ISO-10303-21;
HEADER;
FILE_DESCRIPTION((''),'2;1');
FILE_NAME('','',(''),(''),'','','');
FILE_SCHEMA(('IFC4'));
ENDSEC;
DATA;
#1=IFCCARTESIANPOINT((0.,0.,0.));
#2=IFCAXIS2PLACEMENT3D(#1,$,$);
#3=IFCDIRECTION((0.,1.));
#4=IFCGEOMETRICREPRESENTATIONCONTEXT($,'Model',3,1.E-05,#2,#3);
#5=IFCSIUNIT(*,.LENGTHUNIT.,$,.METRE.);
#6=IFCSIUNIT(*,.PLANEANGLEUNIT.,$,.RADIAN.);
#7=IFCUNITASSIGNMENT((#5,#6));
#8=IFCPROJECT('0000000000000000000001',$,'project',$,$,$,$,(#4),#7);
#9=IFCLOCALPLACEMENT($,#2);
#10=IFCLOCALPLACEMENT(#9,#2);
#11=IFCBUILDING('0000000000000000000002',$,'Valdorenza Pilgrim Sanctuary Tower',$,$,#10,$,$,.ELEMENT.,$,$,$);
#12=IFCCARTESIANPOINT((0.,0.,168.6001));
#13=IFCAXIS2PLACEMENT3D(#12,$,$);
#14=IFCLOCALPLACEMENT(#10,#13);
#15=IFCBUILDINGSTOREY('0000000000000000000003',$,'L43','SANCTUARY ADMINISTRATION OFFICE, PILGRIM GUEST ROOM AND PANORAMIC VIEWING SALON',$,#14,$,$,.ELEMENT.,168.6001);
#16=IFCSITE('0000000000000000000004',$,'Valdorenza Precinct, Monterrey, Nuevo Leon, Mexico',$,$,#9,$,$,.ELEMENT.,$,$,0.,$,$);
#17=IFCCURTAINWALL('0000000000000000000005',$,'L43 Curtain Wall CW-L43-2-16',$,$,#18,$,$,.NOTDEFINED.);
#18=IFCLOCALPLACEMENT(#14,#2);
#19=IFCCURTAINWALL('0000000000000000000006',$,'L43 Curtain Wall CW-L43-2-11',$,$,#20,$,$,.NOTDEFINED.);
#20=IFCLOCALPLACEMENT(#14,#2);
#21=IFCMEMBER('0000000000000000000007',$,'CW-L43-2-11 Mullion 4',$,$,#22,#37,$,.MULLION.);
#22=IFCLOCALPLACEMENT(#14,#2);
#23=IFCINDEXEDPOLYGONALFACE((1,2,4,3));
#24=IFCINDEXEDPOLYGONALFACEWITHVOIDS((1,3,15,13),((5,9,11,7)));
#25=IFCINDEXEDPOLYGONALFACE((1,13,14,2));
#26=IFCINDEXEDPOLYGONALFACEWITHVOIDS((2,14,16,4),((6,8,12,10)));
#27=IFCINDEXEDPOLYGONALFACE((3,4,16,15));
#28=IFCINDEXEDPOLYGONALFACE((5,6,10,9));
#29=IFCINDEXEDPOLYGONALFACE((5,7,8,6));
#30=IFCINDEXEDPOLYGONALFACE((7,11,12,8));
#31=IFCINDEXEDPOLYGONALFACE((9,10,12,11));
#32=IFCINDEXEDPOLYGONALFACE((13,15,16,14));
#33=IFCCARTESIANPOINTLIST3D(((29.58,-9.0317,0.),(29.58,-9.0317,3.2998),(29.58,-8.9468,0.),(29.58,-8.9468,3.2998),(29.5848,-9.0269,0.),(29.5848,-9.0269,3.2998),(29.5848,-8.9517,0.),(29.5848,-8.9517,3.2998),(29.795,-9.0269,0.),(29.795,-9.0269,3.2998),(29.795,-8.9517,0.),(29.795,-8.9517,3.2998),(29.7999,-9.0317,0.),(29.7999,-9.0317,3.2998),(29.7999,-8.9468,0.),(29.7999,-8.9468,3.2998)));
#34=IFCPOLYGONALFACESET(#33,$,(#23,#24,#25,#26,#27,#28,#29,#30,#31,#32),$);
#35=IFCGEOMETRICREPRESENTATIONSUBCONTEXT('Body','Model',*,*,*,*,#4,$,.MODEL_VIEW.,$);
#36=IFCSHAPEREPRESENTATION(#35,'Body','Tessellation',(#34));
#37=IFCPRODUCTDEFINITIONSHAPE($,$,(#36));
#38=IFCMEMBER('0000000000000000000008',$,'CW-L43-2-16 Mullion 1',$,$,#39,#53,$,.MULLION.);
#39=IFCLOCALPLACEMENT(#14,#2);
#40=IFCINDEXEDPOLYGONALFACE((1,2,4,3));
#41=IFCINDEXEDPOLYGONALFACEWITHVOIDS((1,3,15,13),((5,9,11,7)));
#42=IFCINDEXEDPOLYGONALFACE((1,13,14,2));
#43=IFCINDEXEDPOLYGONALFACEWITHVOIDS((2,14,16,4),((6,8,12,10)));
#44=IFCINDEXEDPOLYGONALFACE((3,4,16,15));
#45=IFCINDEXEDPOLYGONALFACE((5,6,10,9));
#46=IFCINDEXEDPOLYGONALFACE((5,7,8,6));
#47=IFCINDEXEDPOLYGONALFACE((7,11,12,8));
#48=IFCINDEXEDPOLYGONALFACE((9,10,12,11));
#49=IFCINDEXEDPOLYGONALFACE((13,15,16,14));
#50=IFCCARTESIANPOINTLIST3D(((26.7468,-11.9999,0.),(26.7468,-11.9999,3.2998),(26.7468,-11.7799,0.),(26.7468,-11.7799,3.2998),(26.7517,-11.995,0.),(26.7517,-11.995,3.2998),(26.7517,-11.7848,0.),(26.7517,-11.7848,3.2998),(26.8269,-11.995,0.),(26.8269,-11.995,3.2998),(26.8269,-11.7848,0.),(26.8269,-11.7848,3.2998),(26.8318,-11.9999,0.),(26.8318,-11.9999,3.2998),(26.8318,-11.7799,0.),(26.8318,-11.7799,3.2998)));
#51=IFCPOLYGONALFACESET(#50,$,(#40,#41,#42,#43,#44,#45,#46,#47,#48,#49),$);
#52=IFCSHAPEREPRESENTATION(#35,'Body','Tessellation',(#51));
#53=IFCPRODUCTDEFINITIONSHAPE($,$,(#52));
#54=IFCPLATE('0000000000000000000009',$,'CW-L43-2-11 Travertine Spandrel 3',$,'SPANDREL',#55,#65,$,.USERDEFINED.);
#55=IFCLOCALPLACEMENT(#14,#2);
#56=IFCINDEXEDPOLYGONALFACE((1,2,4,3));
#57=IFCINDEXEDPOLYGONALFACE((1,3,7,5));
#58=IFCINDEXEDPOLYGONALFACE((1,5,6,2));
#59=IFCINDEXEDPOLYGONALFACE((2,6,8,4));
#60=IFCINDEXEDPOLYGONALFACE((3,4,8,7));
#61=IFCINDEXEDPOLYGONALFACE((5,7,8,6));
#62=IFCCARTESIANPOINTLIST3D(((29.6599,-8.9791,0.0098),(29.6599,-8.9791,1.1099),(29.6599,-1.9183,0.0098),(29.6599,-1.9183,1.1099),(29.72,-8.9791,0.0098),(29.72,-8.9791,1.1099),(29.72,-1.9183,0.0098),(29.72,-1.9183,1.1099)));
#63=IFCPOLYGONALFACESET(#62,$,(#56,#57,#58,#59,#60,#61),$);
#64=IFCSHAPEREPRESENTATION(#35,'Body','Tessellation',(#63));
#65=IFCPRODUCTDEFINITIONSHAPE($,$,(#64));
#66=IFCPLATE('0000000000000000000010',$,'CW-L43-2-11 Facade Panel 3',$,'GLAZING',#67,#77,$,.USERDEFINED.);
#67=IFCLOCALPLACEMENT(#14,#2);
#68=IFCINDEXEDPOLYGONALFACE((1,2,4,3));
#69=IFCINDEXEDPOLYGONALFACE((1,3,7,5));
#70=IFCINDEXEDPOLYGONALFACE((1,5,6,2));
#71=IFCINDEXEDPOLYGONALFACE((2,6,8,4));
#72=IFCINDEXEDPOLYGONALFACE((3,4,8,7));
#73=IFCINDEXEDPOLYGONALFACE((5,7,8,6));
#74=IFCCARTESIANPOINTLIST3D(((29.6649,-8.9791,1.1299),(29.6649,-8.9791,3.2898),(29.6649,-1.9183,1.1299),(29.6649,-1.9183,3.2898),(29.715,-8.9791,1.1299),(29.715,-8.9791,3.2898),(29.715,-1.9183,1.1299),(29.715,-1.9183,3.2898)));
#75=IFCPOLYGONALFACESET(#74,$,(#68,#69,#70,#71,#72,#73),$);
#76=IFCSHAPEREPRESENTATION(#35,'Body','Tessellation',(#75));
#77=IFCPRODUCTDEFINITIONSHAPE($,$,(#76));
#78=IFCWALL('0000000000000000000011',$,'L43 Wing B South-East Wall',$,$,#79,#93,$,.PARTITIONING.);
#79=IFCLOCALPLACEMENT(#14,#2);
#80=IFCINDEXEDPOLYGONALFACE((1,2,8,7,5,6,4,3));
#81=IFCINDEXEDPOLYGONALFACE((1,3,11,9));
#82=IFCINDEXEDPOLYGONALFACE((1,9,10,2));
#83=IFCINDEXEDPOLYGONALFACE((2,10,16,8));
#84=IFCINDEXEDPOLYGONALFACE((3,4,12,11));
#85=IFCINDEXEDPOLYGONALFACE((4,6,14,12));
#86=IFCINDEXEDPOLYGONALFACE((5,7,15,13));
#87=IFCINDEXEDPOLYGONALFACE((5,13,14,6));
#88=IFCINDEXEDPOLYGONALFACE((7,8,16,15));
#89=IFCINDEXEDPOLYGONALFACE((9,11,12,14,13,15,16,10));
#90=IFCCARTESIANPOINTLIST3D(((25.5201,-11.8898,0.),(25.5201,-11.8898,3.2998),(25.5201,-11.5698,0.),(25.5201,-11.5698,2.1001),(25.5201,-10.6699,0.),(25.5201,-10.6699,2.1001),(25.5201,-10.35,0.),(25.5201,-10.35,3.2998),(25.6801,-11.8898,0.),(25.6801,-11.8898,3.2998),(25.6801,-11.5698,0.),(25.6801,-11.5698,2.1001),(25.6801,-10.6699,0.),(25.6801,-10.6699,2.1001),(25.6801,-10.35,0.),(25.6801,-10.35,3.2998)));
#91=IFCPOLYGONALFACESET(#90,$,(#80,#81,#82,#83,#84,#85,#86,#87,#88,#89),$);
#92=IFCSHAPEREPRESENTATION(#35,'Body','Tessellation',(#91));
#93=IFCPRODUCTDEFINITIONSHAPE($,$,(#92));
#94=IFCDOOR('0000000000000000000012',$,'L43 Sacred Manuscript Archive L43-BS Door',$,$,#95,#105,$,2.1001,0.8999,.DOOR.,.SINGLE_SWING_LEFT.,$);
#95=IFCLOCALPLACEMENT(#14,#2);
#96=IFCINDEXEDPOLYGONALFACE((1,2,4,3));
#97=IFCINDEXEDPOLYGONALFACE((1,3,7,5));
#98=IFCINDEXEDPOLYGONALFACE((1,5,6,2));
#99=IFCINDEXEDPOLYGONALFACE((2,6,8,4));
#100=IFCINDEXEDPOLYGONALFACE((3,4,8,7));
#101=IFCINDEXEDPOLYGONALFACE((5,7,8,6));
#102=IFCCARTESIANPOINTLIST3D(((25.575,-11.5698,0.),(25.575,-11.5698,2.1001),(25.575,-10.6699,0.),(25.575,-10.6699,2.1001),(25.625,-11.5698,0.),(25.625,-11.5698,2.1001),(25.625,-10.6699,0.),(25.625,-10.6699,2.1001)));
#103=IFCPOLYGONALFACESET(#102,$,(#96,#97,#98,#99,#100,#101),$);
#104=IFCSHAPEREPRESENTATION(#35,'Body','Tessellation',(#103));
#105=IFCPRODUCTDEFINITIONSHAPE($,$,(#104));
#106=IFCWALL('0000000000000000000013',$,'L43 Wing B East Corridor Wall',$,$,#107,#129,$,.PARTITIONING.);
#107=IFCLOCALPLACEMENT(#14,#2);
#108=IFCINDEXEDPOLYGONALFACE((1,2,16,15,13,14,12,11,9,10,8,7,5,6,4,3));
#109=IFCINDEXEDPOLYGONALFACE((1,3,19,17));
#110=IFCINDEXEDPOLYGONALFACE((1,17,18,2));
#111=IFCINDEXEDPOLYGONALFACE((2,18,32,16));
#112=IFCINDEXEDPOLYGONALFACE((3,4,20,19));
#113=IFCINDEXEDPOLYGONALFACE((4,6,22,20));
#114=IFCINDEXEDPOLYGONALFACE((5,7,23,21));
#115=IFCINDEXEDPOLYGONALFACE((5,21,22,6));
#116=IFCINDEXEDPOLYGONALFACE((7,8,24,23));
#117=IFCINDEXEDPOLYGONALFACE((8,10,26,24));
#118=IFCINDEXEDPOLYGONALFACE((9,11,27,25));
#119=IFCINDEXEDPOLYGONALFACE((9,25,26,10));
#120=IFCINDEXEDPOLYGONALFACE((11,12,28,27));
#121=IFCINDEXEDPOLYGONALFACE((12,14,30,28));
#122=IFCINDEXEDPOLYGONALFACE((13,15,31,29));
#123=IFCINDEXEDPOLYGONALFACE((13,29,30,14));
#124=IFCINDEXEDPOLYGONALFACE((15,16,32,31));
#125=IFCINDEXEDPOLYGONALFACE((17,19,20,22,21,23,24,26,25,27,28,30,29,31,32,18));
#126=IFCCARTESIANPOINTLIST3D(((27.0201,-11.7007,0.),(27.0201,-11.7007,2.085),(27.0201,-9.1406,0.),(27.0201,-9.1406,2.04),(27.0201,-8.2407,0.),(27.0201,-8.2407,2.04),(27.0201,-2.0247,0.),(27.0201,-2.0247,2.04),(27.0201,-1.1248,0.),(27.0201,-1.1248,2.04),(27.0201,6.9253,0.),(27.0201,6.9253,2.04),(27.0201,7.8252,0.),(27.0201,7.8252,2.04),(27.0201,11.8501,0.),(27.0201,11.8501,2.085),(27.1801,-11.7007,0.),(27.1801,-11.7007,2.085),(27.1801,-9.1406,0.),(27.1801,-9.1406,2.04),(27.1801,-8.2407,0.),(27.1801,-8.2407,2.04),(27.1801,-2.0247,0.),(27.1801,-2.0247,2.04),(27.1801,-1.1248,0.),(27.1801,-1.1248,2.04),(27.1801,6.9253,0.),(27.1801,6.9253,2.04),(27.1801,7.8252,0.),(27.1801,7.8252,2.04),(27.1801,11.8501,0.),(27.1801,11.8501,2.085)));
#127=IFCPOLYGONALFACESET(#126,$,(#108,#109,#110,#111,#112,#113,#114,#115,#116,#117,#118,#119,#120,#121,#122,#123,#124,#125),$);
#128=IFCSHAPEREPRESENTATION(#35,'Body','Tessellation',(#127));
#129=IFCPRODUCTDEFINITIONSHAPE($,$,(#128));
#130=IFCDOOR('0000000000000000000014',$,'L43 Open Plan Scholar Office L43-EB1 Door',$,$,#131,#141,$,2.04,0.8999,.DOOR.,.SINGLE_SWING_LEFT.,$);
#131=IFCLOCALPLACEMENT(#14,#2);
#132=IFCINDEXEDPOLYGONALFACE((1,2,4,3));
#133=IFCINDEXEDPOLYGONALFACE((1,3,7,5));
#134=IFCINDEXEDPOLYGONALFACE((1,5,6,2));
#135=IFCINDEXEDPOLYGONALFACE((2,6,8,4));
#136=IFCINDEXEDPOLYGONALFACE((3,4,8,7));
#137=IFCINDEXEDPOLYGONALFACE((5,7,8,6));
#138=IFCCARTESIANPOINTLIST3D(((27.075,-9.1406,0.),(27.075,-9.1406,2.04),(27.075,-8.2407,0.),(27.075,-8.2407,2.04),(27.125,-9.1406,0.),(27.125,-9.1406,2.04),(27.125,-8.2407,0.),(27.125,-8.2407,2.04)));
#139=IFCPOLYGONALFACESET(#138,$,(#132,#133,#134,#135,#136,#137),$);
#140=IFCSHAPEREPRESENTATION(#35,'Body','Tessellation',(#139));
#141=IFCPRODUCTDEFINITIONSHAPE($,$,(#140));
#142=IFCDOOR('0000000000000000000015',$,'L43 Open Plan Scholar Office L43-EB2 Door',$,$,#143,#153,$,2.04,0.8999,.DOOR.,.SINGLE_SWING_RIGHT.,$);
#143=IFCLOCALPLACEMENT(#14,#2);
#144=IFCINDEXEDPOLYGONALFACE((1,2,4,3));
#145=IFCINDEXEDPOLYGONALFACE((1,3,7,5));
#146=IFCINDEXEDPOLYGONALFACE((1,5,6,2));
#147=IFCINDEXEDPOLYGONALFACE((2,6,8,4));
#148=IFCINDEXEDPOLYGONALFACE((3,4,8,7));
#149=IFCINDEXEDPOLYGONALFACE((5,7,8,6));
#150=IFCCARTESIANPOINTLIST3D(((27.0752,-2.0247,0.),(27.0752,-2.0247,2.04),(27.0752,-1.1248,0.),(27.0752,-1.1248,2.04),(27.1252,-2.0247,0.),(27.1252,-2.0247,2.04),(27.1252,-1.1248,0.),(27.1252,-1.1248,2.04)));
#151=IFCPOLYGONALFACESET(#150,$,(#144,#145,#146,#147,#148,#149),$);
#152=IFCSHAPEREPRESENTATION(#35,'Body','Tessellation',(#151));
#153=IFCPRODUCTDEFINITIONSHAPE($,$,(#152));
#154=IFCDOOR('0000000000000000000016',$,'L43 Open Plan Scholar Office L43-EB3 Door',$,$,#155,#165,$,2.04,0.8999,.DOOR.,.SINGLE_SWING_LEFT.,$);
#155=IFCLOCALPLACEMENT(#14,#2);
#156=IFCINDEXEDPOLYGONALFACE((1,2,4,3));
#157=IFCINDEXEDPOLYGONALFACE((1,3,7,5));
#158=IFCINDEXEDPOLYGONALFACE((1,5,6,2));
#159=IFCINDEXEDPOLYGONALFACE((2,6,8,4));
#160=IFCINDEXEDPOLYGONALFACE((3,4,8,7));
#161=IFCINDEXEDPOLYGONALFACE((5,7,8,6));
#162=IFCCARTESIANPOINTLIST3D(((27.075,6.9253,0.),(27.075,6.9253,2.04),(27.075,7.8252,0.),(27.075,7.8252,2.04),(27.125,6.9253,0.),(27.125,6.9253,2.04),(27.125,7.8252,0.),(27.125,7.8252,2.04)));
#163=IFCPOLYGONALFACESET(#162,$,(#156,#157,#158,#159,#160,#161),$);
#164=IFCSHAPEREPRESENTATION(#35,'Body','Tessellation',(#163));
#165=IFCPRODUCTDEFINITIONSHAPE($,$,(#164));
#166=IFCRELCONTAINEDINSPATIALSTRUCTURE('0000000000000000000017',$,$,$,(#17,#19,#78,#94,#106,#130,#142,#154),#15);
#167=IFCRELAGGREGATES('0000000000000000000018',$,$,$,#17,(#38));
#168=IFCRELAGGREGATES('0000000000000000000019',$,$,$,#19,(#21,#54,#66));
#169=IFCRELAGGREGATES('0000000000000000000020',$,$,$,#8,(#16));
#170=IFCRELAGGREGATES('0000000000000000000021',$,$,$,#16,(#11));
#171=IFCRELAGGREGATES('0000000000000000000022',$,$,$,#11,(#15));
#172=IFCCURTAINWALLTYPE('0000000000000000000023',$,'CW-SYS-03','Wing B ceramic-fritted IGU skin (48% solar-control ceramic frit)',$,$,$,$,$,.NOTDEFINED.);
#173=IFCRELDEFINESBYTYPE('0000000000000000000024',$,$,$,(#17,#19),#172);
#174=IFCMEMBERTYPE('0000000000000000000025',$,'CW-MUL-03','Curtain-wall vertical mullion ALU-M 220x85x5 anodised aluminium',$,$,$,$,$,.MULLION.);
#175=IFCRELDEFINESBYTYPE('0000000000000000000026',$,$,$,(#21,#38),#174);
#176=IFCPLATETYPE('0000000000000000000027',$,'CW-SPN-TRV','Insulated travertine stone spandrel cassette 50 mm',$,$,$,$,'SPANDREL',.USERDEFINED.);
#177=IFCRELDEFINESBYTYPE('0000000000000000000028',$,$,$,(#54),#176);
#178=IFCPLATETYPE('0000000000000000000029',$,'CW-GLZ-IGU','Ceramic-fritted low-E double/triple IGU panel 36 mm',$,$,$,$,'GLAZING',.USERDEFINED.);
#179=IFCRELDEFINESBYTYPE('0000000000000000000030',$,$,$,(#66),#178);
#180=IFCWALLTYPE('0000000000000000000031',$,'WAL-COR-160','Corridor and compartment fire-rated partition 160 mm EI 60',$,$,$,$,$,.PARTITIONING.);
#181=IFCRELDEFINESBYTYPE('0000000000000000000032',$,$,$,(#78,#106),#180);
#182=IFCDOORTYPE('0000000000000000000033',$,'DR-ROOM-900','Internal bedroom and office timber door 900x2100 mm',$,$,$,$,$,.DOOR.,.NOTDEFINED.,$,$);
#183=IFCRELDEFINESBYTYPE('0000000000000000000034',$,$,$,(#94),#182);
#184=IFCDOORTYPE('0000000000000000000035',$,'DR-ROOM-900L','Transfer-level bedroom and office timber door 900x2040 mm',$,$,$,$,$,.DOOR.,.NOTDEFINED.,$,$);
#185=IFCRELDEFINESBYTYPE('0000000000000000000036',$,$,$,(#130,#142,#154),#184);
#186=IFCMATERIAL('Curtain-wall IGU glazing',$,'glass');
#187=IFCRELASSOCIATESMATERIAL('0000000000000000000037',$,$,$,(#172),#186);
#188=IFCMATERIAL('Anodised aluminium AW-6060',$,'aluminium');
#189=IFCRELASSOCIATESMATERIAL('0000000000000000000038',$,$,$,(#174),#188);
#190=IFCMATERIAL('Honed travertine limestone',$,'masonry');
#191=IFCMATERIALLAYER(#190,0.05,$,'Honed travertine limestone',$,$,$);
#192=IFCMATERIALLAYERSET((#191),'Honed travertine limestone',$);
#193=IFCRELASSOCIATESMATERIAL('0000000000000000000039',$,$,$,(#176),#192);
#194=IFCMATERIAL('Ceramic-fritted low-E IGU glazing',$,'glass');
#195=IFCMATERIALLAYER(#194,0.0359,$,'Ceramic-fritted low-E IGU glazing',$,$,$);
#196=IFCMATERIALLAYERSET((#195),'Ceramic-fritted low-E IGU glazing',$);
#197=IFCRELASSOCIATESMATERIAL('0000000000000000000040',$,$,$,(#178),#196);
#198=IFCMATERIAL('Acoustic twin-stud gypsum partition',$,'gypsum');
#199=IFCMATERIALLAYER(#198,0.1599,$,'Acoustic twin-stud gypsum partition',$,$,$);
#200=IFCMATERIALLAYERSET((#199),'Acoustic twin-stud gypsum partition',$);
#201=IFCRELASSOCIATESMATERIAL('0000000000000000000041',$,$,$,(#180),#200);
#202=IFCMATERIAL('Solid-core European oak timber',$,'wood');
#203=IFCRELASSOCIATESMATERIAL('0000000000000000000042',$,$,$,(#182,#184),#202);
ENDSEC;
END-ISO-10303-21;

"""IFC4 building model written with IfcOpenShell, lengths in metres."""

from ifc_helpers import new_model, si_unit, direction, frame, frame_2d, origin, origin_2d, place, context, subcontext, project, spatial, rectangle, hollow_rectangle, extrude, source, transform, mapped, material, layer, layer_set, material_profile, profile_set, type_object, element, fill, aggregate, save


model = new_model("IFC4")

# Units and contexts
model_context = context("Model", 3, precision=1e-05, world=origin(), true_north=direction((0.0, 1.0)))
body_context = subcontext(model_context, "Body", "Model", "MODEL_VIEW")
ifc_project = project(units=[si_unit("LENGTHUNIT", "METRE"), si_unit("PLANEANGLEUNIT", "RADIAN")], contexts=[model_context])

# Site, building, storey
site_placement = place(None, origin())
site = spatial("IfcSite", under=ifc_project, at=site_placement, Name="Valdorenza Precinct, Monterrey, Nuevo Leon, Mexico", CompositionType="ELEMENT", RefElevation=0.0)
building_placement = place(site_placement, origin())
building = spatial("IfcBuilding", under=site, at=building_placement, Name="Valdorenza Pilgrim Sanctuary Tower", CompositionType="ELEMENT")
storey_placement = place(building_placement, frame((0.0, 0.0, 168.6001)))
storey = spatial("IfcBuildingStorey", under=building, at=storey_placement, Name="L43", Description="SANCTUARY ADMINISTRATION OFFICE, PILGRIM GUEST ROOM AND PANORAMIC VIEWING SALON", CompositionType="ELEMENT", Elevation=168.6001)

# Curtain wall
ifc_material_1 = material(Name="Curtain-wall IGU glazing", Category="glass")
curtain_wall_type = type_object("IfcCurtainWallType", Name="CW-SYS-03", Description="Wing B ceramic-fritted IGU skin (48% solar-control ceramic frit)", PredefinedType="NOTDEFINED", material=ifc_material_1)
curtain_wall_1_placement = place(storey_placement, origin())
curtain_wall_1 = element("IfcCurtainWall", 1, at=curtain_wall_1_placement, inside=storey, type_object=curtain_wall_type, Name="L43 Curtain Wall CW-L43-2-16", PredefinedType="NOTDEFINED")
ifc_material_2 = material(Name="Anodised aluminium AW-6060", Category="aluminium")

# Curtain wall, member
curtain_wall_2_placement = place(storey_placement, origin())
curtain_wall_2 = element("IfcCurtainWall", 2, at=curtain_wall_2_placement, inside=storey, type_object=curtain_wall_type, Name="L43 Curtain Wall CW-L43-2-11", PredefinedType="NOTDEFINED")
ifc_material_profile_1 = material_profile(ifc_material_2, hollow_rectangle(XDim=0.085, YDim=0.22, WallThickness=0.0049, at=origin_2d()), Name="ALU-M 220x85x5")
ifc_profile_set_1 = profile_set([ifc_material_profile_1], Name="Anodised aluminium AW-6060")
member_type_1 = type_object("IfcMemberType", Name="CW-MUL-03", Description="Curtain-wall vertical mullion ALU-M 220x85x5 anodised aluminium", PredefinedType="MULLION", material=ifc_profile_set_1)
shared_shape_1 = source(origin(), body_context, "Body", "SweptSolid", [
    extrude(hollow_rectangle(XDim=0.085, YDim=0.22, WallThickness=0.0049, at=origin_2d()), origin(), (0.0, 0.0, 1.0), 3.2998),
])
member_1_placement = place(storey_placement, frame((29.6899, -8.9893, 0.0), z_axis=(0.0, 0.0, 1.0), x_axis=(0.0, -1.0, 0.0)))
member_1 = element("IfcMember", 3, at=member_1_placement, type_object=member_type_1, Name="CW-L43-2-11 Mullion 4", PredefinedType="MULLION", context=body_context, shape_type="MappedRepresentation", body=[
    mapped(shared_shape_1, transform((0.0, 0.0, 0.0), x_axis=(1.0, 0.0, 0.0), y_axis=(0.0, 1.0, 0.0), z_axis=(0.0, 0.0, 1.0), scale=1.0)),
])

# Member
member_2_placement = place(storey_placement, frame((26.7893, -11.8899, 0.0), z_axis=(0.0, 0.0, 1.0), x_axis=(-1.0, 0.0, 0.0)))
member_2 = element("IfcMember", 4, at=member_2_placement, type_object=member_type_1, Name="CW-L43-2-16 Mullion 1", PredefinedType="MULLION", context=body_context, shape_type="MappedRepresentation", body=[
    mapped(shared_shape_1, transform((0.0, 0.0, 0.0), x_axis=(1.0, 0.0, 0.0), y_axis=(0.0, 1.0, 0.0), z_axis=(0.0, 0.0, 1.0), scale=1.0)),
])
aggregate(curtain_wall_1, [member_2])

# Plates
ifc_material_3 = material(Name="Honed travertine limestone", Category="masonry")
ifc_layer_1 = layer(ifc_material_3, 0.05, Name="Honed travertine limestone")
ifc_layer_set_1 = layer_set([ifc_layer_1], Name="Honed travertine limestone")
plate_type_1 = type_object("IfcPlateType", Name="CW-SPN-TRV", Description="Insulated travertine stone spandrel cassette 50 mm", ElementType="SPANDREL", PredefinedType="USERDEFINED", material=ifc_layer_set_1)
shared_shape_2 = source(origin(), body_context, "Body", "SweptSolid", [
    extrude(rectangle(XDim=7.0608, YDim=0.0601, at=origin_2d()), origin(), (0.0, 0.0, 1.0), 1.1001),
])
plate_1_placement = place(storey_placement, frame((29.6899, -5.4487, 0.0098), z_axis=(0.0, 0.0, 1.0), x_axis=(0.0, -1.0, 0.0)))
plate_1 = element("IfcPlate", 5, at=plate_1_placement, type_object=plate_type_1, Name="CW-L43-2-11 Travertine Spandrel 3", ObjectType="SPANDREL", PredefinedType="USERDEFINED", context=body_context, shape_type="MappedRepresentation", body=[
    mapped(shared_shape_2, transform((0.0, 0.0, 0.0), x_axis=(1.0, 0.0, 0.0), y_axis=(0.0, 1.0, 0.0), z_axis=(0.0, 0.0, 1.0), scale=1.0)),
])
ifc_material_4 = material(Name="Ceramic-fritted low-E IGU glazing", Category="glass")
ifc_layer_2 = layer(ifc_material_4, 0.0359, Name="Ceramic-fritted low-E IGU glazing")
ifc_layer_set_2 = layer_set([ifc_layer_2], Name="Ceramic-fritted low-E IGU glazing")
plate_type_2 = type_object("IfcPlateType", Name="CW-GLZ-IGU", Description="Ceramic-fritted low-E double/triple IGU panel 36 mm", ElementType="GLAZING", PredefinedType="USERDEFINED", material=ifc_layer_set_2)
shared_shape_3 = source(origin(), body_context, "Body", "SweptSolid", [
    extrude(rectangle(XDim=7.0608, YDim=0.05, at=origin_2d()), origin(), (0.0, 0.0, 1.0), 2.1599),
])
plate_2_placement = place(storey_placement, frame((29.6899, -5.4487, 1.1299), z_axis=(0.0, 0.0, 1.0), x_axis=(0.0, -1.0, 0.0)))
plate_2 = element("IfcPlate", 6, at=plate_2_placement, type_object=plate_type_2, Name="CW-L43-2-11 Facade Panel 3", ObjectType="GLAZING", PredefinedType="USERDEFINED", context=body_context, shape_type="MappedRepresentation", body=[
    mapped(shared_shape_3, transform((0.0, 0.0, 0.0), x_axis=(1.0, 0.0, 0.0), y_axis=(0.0, 1.0, 0.0), z_axis=(0.0, 0.0, 1.0), scale=1.0)),
])
aggregate(curtain_wall_2, [member_1, plate_1, plate_2])

# Wall, opening, door
ifc_material_5 = material(Name="Acoustic twin-stud gypsum partition", Category="gypsum")
ifc_layer_3 = layer(ifc_material_5, 0.1599, Name="Acoustic twin-stud gypsum partition")
ifc_layer_set_3 = layer_set([ifc_layer_3], Name="Acoustic twin-stud gypsum partition")
wall_type_1 = type_object("IfcWallType", Name="WAL-COR-160", Description="Corridor and compartment fire-rated partition 160 mm EI 60", PredefinedType="PARTITIONING", material=ifc_layer_set_3)
wall_1_placement = place(storey_placement, frame((25.6001, -11.8899, 0.0), z_axis=(0.0, 0.0, 1.0), x_axis=(0.0, 1.0, 0.0)))
wall_1 = element("IfcWall", 7, at=wall_1_placement, inside=storey, type_object=wall_type_1, Name="L43 Wing B South-East Wall", PredefinedType="PARTITIONING", context=body_context, shape_type="SweptSolid", body=[
    extrude(rectangle(XDim=1.5398, YDim=0.1599, at=frame_2d((0.77, 0.0))), origin(), (0.0, 0.0, 1.0), 3.2998),
])
opening_1_placement = place(wall_1_placement, frame((0.3201, 0.0, 0.0)))
opening_1 = element("IfcOpeningElement", 8, at=opening_1_placement, cuts=wall_1, PredefinedType="OPENING", context=body_context, shape_type="SweptSolid", body=[
    extrude(rectangle(XDim=0.8999, YDim=2.1001, at=frame_2d((0.45, 1.05))), frame((0.0, 0.0947, 0.0), z_axis=(0.0, -1.0, 0.0), x_axis=(1.0, 0.0, 0.0)), (0.0, 0.0, 1.0), 0.1897),
])
ifc_material_6 = material(Name="Solid-core European oak timber", Category="wood")
door_type_1 = type_object("IfcDoorType", Name="DR-ROOM-900", Description="Internal bedroom and office timber door 900x2100 mm", OperationType="NOTDEFINED", PredefinedType="DOOR", material=ifc_material_6)
door_1_placement = place(opening_1_placement, frame((0.8999, 0.0, 0.0), z_axis=(0.0, 0.0, 1.0), x_axis=(-1.0, 0.0, 0.0)))
door_1 = element("IfcDoor", 9, at=door_1_placement, inside=storey, type_object=door_type_1, Name="L43 Sacred Manuscript Archive L43-BS Door", OperationType="SINGLE_SWING_LEFT", OverallHeight=2.1001, OverallWidth=0.8999, PredefinedType="DOOR", context=body_context, shape_type="SweptSolid", body=[
    extrude(rectangle(XDim=0.8999, YDim=2.1001, at=frame_2d((0.45, 1.05))), frame((0.0, 0.0249, 0.0), z_axis=(0.0, -1.0, 0.0), x_axis=(1.0, 0.0, 0.0)), (0.0, 0.0, 1.0), 0.05),
])
fill(opening_1, door_1)

# Wall, openings, doors
wall_2_placement = place(storey_placement, frame((27.1001, -11.7007, 0.0), z_axis=(0.0, 0.0, 1.0), x_axis=(0.0, 1.0, 0.0)))
wall_2 = element("IfcWall", 10, at=wall_2_placement, inside=storey, type_object=wall_type_1, Name="L43 Wing B East Corridor Wall", PredefinedType="PARTITIONING", context=body_context, shape_type="SweptSolid", body=[
    extrude(rectangle(XDim=23.5508, YDim=0.1599, at=frame_2d((11.7754, 0.0))), origin(), (0.0, 0.0, 1.0), 2.085),
])
opening_2_placement = place(wall_2_placement, frame((2.5601, 0.0, 0.0)))
opening_2 = element("IfcOpeningElement", 11, at=opening_2_placement, cuts=wall_2, PredefinedType="OPENING", context=body_context, shape_type="SweptSolid", body=[
    extrude(rectangle(XDim=0.8999, YDim=2.04, at=frame_2d((0.45, 1.02))), frame((0.0, 0.0947, 0.0), z_axis=(0.0, -1.0, 0.0), x_axis=(1.0, 0.0, 0.0)), (0.0, 0.0, 1.0), 0.1897),
])
opening_3_placement = place(wall_2_placement, frame((9.676, 0.0, 0.0)))
opening_3 = element("IfcOpeningElement", 12, at=opening_3_placement, cuts=wall_2, PredefinedType="OPENING", context=body_context, shape_type="SweptSolid", body=[
    extrude(rectangle(XDim=0.8999, YDim=2.04, at=frame_2d((0.45, 1.02))), frame((0.0, 0.0947, 0.0), z_axis=(0.0, -1.0, 0.0), x_axis=(1.0, 0.0, 0.0)), (0.0, 0.0, 1.0), 0.1897),
])
opening_4_placement = place(wall_2_placement, frame((18.626, 0.0, 0.0)))
opening_4 = element("IfcOpeningElement", 13, at=opening_4_placement, cuts=wall_2, PredefinedType="OPENING", context=body_context, shape_type="SweptSolid", body=[
    extrude(rectangle(XDim=0.8999, YDim=2.04, at=frame_2d((0.45, 1.02))), frame((0.0, 0.0947, 0.0), z_axis=(0.0, -1.0, 0.0), x_axis=(1.0, 0.0, 0.0)), (0.0, 0.0, 1.0), 0.1897),
])
door_type_2 = type_object("IfcDoorType", Name="DR-ROOM-900L", Description="Transfer-level bedroom and office timber door 900x2040 mm", OperationType="NOTDEFINED", PredefinedType="DOOR", material=ifc_material_6)
door_2_placement = place(opening_2_placement, frame((0.8999, 0.0, 0.0), z_axis=(0.0, 0.0, 1.0), x_axis=(-1.0, 0.0, 0.0)))
door_2 = element("IfcDoor", 14, at=door_2_placement, inside=storey, type_object=door_type_2, Name="L43 Open Plan Scholar Office L43-EB1 Door", OperationType="SINGLE_SWING_LEFT", OverallHeight=2.04, OverallWidth=0.8999, PredefinedType="DOOR", context=body_context, shape_type="SweptSolid", body=[
    extrude(rectangle(XDim=0.8999, YDim=2.04, at=frame_2d((0.45, 1.02))), frame((0.0, 0.0249, 0.0), z_axis=(0.0, -1.0, 0.0), x_axis=(1.0, 0.0, 0.0)), (0.0, 0.0, 1.0), 0.05),
])
fill(opening_2, door_2)
door_3_placement = place(opening_3_placement, origin())
door_3 = element("IfcDoor", 15, at=door_3_placement, inside=storey, type_object=door_type_2, Name="L43 Open Plan Scholar Office L43-EB2 Door", OperationType="SINGLE_SWING_RIGHT", OverallHeight=2.04, OverallWidth=0.8999, PredefinedType="DOOR", context=body_context, shape_type="SweptSolid", body=[
    extrude(rectangle(XDim=0.8999, YDim=2.04, at=frame_2d((0.45, 1.02))), frame((0.0, 0.0249, 0.0), z_axis=(0.0, -1.0, 0.0), x_axis=(1.0, 0.0, 0.0)), (0.0, 0.0, 1.0), 0.05),
])
fill(opening_3, door_3)
door_4_placement = place(opening_4_placement, frame((0.8999, 0.0, 0.0), z_axis=(0.0, 0.0, 1.0), x_axis=(-1.0, 0.0, 0.0)))
door_4 = element("IfcDoor", 16, at=door_4_placement, inside=storey, type_object=door_type_2, Name="L43 Open Plan Scholar Office L43-EB3 Door", OperationType="SINGLE_SWING_LEFT", OverallHeight=2.04, OverallWidth=0.8999, PredefinedType="DOOR", context=body_context, shape_type="SweptSolid", body=[
    extrude(rectangle(XDim=0.8999, YDim=2.04, at=frame_2d((0.45, 1.02))), frame((0.0, 0.0249, 0.0), z_axis=(0.0, -1.0, 0.0), x_axis=(1.0, 0.0, 0.0)), (0.0, 0.0, 1.0), 0.05),
])
fill(opening_4, door_4)

save(model, "model.ifc")
